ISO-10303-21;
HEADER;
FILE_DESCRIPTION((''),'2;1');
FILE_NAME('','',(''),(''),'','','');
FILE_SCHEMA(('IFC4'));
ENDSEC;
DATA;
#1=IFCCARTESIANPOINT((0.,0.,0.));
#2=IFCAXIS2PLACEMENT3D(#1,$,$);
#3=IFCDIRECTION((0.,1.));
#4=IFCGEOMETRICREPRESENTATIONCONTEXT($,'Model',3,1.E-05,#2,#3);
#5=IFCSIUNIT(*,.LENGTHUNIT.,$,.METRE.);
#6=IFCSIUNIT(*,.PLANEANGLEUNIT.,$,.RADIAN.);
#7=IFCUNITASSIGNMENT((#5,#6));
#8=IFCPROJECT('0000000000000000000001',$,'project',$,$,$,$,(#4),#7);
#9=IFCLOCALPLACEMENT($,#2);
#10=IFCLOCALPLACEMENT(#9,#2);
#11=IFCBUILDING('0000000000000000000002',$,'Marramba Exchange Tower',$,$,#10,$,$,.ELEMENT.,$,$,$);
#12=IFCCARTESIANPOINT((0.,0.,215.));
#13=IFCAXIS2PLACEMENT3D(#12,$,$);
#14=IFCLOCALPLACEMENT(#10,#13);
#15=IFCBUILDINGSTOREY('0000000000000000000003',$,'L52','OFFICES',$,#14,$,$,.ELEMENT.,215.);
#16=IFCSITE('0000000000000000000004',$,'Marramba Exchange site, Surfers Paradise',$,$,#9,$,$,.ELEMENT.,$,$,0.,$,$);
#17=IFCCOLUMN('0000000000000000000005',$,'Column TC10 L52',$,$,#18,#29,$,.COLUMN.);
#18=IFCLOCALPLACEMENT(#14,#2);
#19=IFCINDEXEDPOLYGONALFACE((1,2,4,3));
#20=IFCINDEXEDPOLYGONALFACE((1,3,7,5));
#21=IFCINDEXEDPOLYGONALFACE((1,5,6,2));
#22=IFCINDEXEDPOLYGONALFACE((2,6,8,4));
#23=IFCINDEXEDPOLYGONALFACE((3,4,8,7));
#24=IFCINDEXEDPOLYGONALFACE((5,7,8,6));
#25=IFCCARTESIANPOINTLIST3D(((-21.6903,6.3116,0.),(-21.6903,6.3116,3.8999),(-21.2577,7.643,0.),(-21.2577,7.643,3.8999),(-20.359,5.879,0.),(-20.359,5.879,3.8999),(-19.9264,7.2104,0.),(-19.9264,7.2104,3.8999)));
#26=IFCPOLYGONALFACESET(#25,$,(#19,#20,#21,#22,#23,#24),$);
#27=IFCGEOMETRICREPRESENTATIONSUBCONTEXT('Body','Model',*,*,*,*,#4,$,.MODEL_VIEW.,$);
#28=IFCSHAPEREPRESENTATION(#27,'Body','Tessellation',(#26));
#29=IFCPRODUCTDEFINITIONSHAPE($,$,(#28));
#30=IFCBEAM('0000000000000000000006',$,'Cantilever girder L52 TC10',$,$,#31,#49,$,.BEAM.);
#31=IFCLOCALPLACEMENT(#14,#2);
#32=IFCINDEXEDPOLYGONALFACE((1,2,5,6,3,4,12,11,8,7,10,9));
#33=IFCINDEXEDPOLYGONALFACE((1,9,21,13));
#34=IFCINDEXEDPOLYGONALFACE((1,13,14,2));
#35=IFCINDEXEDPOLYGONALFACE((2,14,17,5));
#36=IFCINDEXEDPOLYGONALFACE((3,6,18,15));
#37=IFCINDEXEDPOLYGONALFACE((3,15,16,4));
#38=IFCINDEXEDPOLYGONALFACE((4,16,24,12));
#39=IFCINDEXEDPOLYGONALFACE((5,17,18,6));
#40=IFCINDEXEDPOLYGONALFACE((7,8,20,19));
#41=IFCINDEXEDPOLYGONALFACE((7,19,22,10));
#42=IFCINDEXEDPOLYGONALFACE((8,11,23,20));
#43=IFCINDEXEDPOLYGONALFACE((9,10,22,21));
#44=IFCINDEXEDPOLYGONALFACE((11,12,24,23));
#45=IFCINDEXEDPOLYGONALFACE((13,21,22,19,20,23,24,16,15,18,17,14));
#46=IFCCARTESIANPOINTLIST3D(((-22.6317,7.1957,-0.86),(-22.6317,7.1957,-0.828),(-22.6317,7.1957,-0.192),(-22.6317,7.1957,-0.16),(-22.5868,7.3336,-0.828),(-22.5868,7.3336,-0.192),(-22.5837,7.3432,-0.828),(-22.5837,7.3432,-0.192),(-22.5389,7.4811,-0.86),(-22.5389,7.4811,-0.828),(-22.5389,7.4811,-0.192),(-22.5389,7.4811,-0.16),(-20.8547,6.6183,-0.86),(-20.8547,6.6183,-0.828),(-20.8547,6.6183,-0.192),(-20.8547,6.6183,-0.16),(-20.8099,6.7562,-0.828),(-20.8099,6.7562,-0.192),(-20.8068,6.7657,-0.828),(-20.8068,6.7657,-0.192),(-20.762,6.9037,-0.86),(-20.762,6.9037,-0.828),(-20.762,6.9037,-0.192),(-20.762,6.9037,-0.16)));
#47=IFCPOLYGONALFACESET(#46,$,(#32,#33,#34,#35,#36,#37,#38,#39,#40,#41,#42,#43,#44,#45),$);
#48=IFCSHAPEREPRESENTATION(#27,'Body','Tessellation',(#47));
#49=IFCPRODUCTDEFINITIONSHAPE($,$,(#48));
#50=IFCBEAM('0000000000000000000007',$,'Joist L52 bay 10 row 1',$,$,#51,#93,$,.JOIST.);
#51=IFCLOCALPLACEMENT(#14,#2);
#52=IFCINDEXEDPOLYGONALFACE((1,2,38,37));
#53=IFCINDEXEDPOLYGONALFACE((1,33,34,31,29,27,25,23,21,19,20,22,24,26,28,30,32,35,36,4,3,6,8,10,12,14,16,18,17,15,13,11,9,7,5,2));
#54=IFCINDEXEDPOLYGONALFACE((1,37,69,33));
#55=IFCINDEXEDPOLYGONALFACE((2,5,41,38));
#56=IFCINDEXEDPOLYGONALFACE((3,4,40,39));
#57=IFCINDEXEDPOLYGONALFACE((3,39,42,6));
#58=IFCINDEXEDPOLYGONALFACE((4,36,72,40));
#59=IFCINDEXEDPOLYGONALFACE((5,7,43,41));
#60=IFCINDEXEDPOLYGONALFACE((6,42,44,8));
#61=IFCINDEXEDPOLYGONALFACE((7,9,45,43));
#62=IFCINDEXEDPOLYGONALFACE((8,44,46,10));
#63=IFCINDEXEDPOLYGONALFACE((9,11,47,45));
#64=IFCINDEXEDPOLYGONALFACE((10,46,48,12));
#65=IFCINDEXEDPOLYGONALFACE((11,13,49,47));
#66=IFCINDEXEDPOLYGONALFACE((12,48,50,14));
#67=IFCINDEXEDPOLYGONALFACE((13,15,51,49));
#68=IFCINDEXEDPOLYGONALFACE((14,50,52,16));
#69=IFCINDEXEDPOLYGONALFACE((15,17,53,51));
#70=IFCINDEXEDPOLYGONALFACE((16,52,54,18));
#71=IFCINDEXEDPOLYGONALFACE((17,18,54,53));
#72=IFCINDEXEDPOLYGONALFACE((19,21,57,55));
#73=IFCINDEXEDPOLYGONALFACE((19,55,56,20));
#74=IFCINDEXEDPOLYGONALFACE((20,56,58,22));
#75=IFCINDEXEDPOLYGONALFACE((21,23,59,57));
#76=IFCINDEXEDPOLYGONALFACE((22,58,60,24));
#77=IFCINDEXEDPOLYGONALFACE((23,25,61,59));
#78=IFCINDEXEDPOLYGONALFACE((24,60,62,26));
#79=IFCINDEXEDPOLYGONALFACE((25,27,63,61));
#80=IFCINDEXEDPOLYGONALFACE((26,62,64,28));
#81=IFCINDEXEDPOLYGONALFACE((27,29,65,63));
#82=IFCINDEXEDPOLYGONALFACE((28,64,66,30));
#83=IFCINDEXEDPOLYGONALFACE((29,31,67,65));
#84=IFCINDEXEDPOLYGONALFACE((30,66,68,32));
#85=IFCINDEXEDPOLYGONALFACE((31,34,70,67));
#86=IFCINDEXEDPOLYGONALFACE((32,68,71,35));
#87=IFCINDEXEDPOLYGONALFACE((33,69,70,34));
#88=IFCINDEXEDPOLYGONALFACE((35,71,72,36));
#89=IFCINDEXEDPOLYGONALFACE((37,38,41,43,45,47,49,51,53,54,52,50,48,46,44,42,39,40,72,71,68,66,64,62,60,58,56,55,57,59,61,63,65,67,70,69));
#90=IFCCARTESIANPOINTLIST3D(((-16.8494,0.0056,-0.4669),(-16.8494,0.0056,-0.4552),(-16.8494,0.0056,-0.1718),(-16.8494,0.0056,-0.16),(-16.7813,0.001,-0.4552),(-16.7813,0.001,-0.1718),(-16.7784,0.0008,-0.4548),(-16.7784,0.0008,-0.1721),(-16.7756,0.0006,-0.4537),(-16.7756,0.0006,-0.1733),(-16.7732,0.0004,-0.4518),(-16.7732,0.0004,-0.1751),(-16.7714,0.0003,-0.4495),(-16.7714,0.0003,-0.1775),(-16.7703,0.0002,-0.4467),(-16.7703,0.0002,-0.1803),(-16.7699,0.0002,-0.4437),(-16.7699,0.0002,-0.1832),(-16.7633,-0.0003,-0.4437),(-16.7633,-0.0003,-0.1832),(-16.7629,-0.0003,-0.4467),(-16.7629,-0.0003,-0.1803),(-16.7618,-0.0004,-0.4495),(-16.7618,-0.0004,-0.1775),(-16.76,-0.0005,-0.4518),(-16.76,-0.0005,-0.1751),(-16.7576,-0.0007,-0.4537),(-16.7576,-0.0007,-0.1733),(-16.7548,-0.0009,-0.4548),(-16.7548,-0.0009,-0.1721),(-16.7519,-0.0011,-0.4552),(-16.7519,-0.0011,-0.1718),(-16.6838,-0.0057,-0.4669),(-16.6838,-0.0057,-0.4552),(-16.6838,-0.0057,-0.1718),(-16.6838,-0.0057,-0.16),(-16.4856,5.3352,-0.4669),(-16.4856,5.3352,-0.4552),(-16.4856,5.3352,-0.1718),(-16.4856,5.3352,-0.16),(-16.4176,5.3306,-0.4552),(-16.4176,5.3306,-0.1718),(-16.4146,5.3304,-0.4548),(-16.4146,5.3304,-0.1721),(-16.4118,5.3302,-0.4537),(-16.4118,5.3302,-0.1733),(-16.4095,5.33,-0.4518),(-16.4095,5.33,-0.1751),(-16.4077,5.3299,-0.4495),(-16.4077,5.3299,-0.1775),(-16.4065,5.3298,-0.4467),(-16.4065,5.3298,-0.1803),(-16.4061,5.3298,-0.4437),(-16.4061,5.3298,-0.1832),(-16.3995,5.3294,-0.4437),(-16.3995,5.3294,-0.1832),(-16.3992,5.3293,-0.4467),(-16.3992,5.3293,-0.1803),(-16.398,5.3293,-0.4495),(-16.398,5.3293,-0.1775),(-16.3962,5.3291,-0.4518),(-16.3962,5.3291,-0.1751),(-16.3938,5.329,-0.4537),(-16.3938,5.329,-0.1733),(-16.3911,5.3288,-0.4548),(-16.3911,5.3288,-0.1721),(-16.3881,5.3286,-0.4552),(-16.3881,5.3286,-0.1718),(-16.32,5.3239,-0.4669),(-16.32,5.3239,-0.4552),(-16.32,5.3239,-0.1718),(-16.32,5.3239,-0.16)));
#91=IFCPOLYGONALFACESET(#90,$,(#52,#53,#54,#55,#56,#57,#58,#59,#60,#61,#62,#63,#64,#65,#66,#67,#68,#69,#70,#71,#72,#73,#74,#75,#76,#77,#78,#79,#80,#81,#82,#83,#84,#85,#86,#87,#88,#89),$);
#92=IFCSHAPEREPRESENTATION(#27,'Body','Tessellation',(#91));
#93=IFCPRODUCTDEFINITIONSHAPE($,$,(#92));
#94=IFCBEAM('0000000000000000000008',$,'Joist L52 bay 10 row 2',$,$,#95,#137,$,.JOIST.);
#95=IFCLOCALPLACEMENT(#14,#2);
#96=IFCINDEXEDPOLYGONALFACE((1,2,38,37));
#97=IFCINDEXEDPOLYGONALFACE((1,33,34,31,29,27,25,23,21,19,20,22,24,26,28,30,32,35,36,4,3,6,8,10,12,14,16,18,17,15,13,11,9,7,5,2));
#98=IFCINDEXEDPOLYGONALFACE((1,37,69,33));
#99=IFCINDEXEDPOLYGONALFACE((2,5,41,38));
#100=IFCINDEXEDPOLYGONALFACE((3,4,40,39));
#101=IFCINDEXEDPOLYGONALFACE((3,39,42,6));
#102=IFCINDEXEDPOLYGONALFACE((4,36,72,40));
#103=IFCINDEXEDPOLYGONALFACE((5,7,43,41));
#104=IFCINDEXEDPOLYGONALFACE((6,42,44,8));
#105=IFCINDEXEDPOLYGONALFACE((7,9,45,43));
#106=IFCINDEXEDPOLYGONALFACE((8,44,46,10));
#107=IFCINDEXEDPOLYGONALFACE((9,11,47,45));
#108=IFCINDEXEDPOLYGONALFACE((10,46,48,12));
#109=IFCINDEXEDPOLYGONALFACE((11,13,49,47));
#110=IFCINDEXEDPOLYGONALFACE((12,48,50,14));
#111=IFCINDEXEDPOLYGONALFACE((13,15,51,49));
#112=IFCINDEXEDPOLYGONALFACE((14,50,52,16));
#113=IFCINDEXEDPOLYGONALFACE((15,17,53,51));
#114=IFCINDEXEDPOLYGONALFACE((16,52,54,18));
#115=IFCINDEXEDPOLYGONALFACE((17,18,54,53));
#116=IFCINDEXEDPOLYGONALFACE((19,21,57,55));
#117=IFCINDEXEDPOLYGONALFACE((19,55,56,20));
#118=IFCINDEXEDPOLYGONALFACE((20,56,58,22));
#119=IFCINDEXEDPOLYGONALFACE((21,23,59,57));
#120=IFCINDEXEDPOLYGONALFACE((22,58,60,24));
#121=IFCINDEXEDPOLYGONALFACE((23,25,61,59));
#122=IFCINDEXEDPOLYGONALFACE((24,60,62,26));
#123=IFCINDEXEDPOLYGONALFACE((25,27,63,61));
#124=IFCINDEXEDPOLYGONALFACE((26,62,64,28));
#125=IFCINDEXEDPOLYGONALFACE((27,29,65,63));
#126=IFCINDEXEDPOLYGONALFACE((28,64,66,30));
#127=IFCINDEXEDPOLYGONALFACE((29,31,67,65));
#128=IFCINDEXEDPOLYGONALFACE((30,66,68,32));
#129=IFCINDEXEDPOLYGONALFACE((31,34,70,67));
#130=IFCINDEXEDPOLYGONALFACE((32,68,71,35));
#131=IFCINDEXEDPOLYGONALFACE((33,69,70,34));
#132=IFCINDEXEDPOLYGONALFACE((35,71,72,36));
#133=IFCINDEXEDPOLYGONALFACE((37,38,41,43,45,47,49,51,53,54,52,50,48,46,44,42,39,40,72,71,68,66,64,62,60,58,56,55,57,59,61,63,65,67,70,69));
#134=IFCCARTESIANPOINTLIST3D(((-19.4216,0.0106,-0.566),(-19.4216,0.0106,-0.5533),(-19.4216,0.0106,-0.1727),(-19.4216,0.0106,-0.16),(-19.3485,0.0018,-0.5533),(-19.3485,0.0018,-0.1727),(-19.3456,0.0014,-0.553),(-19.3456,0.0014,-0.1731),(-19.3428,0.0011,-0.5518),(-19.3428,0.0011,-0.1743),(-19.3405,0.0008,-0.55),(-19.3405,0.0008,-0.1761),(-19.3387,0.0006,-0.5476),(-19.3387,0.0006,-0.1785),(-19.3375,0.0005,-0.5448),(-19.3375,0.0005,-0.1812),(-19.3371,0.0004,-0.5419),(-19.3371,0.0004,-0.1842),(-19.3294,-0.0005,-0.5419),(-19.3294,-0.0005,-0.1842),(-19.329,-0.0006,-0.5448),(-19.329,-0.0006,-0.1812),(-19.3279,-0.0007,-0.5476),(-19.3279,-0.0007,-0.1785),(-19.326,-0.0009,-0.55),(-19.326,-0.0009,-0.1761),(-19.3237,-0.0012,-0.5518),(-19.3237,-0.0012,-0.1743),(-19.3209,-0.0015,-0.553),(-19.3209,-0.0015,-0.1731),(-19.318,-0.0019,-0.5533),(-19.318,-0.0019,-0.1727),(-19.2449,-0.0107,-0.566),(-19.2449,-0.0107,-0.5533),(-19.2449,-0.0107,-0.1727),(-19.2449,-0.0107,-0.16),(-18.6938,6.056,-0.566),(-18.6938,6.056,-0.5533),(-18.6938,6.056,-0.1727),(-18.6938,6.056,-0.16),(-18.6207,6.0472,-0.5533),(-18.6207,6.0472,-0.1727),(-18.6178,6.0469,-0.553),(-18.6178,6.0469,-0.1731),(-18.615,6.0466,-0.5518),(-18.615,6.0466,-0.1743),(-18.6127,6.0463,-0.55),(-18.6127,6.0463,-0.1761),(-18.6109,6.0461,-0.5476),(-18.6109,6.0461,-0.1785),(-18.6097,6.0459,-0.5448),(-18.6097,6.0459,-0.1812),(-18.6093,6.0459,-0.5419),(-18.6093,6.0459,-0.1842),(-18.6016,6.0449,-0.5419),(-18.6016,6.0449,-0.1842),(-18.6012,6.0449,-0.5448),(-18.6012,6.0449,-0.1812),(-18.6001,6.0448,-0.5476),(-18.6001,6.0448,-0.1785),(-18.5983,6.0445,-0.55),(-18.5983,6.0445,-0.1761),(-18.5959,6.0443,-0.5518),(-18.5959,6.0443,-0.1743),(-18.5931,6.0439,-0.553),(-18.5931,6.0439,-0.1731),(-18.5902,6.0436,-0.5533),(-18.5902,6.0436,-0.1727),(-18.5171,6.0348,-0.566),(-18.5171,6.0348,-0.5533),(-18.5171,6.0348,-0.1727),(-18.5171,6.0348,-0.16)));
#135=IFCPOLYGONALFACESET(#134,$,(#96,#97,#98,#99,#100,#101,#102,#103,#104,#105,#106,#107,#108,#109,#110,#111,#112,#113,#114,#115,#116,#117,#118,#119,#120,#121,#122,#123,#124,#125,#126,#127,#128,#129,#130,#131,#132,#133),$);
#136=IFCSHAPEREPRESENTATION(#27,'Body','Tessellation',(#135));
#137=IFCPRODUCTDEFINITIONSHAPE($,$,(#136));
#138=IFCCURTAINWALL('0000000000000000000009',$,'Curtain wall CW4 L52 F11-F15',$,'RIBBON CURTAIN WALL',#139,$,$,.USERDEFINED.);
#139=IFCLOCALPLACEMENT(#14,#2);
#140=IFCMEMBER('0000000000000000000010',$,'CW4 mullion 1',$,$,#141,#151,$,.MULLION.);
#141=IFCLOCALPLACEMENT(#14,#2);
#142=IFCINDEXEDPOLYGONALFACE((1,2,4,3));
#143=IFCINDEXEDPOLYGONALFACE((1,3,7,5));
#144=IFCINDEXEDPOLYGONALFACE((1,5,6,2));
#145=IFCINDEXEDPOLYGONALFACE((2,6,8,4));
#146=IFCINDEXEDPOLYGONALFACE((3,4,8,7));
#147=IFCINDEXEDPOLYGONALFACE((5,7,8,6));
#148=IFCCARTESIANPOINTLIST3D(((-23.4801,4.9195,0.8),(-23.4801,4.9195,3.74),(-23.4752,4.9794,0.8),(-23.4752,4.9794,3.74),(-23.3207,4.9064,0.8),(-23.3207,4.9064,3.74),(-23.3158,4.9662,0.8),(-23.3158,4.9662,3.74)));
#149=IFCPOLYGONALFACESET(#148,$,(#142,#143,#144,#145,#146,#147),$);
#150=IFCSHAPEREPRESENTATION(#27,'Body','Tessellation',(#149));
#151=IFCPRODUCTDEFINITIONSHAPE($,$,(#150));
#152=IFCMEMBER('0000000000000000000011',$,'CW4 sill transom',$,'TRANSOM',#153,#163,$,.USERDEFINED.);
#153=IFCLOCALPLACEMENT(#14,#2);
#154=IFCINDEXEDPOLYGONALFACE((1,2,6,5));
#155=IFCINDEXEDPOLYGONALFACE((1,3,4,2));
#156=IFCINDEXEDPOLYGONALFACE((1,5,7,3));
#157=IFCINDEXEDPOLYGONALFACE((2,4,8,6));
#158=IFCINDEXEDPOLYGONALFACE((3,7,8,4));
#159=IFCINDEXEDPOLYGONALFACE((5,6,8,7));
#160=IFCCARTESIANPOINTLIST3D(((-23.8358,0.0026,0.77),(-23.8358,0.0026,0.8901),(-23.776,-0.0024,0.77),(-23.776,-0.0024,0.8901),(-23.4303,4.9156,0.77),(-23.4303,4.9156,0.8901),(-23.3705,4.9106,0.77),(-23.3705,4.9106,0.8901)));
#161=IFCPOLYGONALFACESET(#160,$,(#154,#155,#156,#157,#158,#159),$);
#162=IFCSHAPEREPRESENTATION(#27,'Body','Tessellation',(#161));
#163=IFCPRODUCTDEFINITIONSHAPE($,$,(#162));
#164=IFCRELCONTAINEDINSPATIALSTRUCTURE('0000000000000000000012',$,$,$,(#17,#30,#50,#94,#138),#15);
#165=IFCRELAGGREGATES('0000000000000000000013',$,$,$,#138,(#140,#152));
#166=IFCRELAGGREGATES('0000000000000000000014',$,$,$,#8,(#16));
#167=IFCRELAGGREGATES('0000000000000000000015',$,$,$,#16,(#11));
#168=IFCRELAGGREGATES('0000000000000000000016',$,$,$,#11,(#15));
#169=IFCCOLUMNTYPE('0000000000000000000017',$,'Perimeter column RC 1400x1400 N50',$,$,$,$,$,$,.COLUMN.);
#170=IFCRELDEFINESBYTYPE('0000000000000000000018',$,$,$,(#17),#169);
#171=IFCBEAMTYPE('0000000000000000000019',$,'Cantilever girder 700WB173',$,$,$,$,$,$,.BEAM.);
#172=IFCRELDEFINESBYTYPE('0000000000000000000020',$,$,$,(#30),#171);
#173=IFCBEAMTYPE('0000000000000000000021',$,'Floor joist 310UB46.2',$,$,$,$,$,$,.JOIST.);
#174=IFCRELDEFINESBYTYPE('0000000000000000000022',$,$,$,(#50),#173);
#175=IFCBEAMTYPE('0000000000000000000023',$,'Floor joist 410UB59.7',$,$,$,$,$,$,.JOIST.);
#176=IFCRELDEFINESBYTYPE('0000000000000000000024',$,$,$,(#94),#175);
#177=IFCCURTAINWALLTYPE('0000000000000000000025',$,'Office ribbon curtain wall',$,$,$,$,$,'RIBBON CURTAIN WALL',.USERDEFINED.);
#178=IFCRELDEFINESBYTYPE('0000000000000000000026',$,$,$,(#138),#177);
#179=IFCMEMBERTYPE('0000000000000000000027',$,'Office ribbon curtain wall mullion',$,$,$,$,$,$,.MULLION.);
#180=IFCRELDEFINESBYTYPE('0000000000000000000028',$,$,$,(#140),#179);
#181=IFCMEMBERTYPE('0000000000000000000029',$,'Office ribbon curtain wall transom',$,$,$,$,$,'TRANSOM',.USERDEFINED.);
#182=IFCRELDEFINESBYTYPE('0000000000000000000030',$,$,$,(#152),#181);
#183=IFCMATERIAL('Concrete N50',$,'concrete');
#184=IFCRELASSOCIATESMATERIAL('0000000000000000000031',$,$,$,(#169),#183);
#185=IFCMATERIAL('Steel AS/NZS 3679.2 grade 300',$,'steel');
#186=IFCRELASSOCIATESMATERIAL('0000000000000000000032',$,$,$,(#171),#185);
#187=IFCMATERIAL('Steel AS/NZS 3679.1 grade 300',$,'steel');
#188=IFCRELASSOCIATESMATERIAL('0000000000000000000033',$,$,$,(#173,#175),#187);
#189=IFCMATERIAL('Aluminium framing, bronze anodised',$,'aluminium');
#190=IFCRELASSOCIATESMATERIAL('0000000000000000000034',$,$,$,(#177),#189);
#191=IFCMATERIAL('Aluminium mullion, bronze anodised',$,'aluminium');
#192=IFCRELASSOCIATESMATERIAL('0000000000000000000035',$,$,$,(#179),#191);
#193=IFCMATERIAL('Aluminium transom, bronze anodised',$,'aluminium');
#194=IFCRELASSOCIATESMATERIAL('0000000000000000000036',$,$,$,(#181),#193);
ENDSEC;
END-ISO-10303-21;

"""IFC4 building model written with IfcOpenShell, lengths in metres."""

from ifc_helpers import new_model, si_unit, direction, frame, origin, origin_2d, place, context, subcontext, project, spatial, rectangle, i_section, extrude, material, material_profile, profile_set, type_object, element, aggregate, save


model = new_model("IFC4")

# Units and contexts
model_context = context("Model", 3, precision=1e-05, world=origin(), true_north=direction((0.0, 1.0)))
body_context = subcontext(model_context, "Body", "Model", "MODEL_VIEW")
ifc_project = project(units=[si_unit("LENGTHUNIT", "METRE"), si_unit("PLANEANGLEUNIT", "RADIAN")], contexts=[model_context])

# Site, building, storey
site_placement = place(None, origin())
site = spatial("IfcSite", under=ifc_project, at=site_placement, Name="Marramba Exchange site, Surfers Paradise", CompositionType="ELEMENT", RefElevation=0.0)
building_placement = place(site_placement, origin())
building = spatial("IfcBuilding", under=site, at=building_placement, Name="Marramba Exchange Tower", CompositionType="ELEMENT")
storey_placement = place(building_placement, frame((0.0, 0.0, 215.0)))
storey = spatial("IfcBuildingStorey", under=building, at=storey_placement, Name="L52", Description="OFFICES", CompositionType="ELEMENT", Elevation=215.0)

# Column
ifc_material_1 = material(Name="Concrete N50", Category="concrete")
ifc_material_profile_1 = material_profile(ifc_material_1, rectangle(XDim=1.3999, YDim=1.3999, at=origin_2d()), Name="RC 1400x1400")
ifc_profile_set_1 = profile_set([ifc_material_profile_1], Name="Concrete N50")
column_type = type_object("IfcColumnType", Name="Perimeter column RC 1400x1400 N50", PredefinedType="COLUMN", material=ifc_profile_set_1)
column_placement = place(storey_placement, frame((-20.8083, 6.761, 0.0), z_axis=(0.0, 0.0, 1.0), x_axis=(-0.951057, 0.309017, 0.0)))
element("IfcColumn", 1, at=column_placement, inside=storey, type_object=column_type, Name="Column TC10 L52", PredefinedType="COLUMN", context=body_context, shape_type="SweptSolid", body=[
    extrude(rectangle(XDim=1.3999, YDim=1.3999, at=origin_2d()), origin(), (0.0, 0.0, 1.0), 3.8999),
])

# Beams
ifc_material_2 = material(Name="Steel AS/NZS 3679.2 grade 300", Category="steel")
ifc_material_profile_2 = material_profile(ifc_material_2, i_section(OverallWidth=0.3, OverallDepth=0.7, WebThickness=0.01, FlangeThickness=0.032, at=origin_2d()), Name="700WB173")
ifc_profile_set_2 = profile_set([ifc_material_profile_2], Name="Steel AS/NZS 3679.2 grade 300")
beam_type_1 = type_object("IfcBeamType", Name="Cantilever girder 700WB173", PredefinedType="BEAM", material=ifc_profile_set_2)
beam_1_placement = place(storey_placement, frame((-20.8083, 6.761, -0.51), z_axis=(-0.951048, 0.309045, 0.0), x_axis=(-0.309045, -0.951048, 0.0)))
element("IfcBeam", 2, at=beam_1_placement, inside=storey, type_object=beam_type_1, Name="Cantilever girder L52 TC10", PredefinedType="BEAM", context=body_context, shape_type="SweptSolid", body=[
    extrude(i_section(OverallWidth=0.3, OverallDepth=0.7, WebThickness=0.01, FlangeThickness=0.032, at=origin_2d()), origin(), (0.0, 0.0, 1.0), 1.8684),
])
ifc_material_3 = material(Name="Steel AS/NZS 3679.1 grade 300", Category="steel")
ifc_material_profile_3 = material_profile(ifc_material_3, i_section(OverallWidth=0.166, OverallDepth=0.3069, WebThickness=0.0066, FlangeThickness=0.0117, FilletRadius=0.0115, at=origin_2d()), Name="310UB46.2")
ifc_profile_set_3 = profile_set([ifc_material_profile_3], Name="Steel AS/NZS 3679.1 grade 300")
beam_type_2 = type_object("IfcBeamType", Name="Floor joist 310UB46.2", PredefinedType="JOIST", material=ifc_profile_set_3)
beam_2_placement = place(storey_placement, frame((-16.4028, 5.3296, -0.3135), z_axis=(-0.068096, -0.997679, 0.0), x_axis=(0.997679, -0.068096, 0.0)))
element("IfcBeam", 3, at=beam_2_placement, inside=storey, type_object=beam_type_2, Name="Joist L52 bay 10 row 1", PredefinedType="JOIST", context=body_context, shape_type="SweptSolid", body=[
    extrude(i_section(OverallWidth=0.166, OverallDepth=0.3069, WebThickness=0.0066, FlangeThickness=0.0117, FilletRadius=0.0115, at=origin_2d()), origin(), (0.0, 0.0, 1.0), 5.342),
])
ifc_material_profile_4 = material_profile(ifc_material_3, i_section(OverallWidth=0.178, OverallDepth=0.406, WebThickness=0.0078, FlangeThickness=0.0127, FilletRadius=0.0115, at=origin_2d()), Name="410UB59.7")
ifc_profile_set_4 = profile_set([ifc_material_profile_4], Name="Steel AS/NZS 3679.1 grade 300")
beam_type_3 = type_object("IfcBeamType", Name="Floor joist 410UB59.7", PredefinedType="JOIST", material=ifc_profile_set_4)
beam_3_placement = place(storey_placement, frame((-18.6055, 6.0454, -0.363), z_axis=(-0.119523, -0.992831, 0.0), x_axis=(0.992831, -0.119523, 0.0)))
element("IfcBeam", 4, at=beam_3_placement, inside=storey, type_object=beam_type_3, Name="Joist L52 bay 10 row 2", PredefinedType="JOIST", context=body_context, shape_type="SweptSolid", body=[
    extrude(i_section(OverallWidth=0.178, OverallDepth=0.406, WebThickness=0.0078, FlangeThickness=0.0127, FilletRadius=0.0115, at=origin_2d()), origin(), (0.0, 0.0, 1.0), 6.0891),
])

# Curtain wall, members
ifc_material_4 = material(Name="Aluminium framing, bronze anodised", Category="aluminium")
curtain_wall_type = type_object("IfcCurtainWallType", Name="Office ribbon curtain wall", ElementType="RIBBON CURTAIN WALL", PredefinedType="USERDEFINED", material=ifc_material_4)
curtain_wall_placement = place(storey_placement, origin())
curtain_wall = element("IfcCurtainWall", 5, at=curtain_wall_placement, inside=storey, type_object=curtain_wall_type, Name="Curtain wall CW4 L52 F11-F15", ObjectType="RIBBON CURTAIN WALL", PredefinedType="USERDEFINED")
ifc_material_5 = material(Name="Aluminium mullion, bronze anodised", Category="aluminium")
ifc_material_profile_5 = material_profile(ifc_material_5, rectangle(XDim=0.1599, YDim=0.0601, at=origin_2d()), Name="CW4 mullion 60x160")
ifc_profile_set_5 = profile_set([ifc_material_profile_5], Name="Aluminium mullion, bronze anodised")
member_type_1 = type_object("IfcMemberType", Name="Office ribbon curtain wall mullion", PredefinedType="MULLION", material=ifc_profile_set_5)
member_1_placement = place(storey_placement, frame((-23.3979, 4.9429, 0.8), z_axis=(0.0, 0.0, 1.0), x_axis=(0.996609, -0.082281, 0.0)))
member_1 = element("IfcMember", 6, at=member_1_placement, type_object=member_type_1, Name="CW4 mullion 1", PredefinedType="MULLION", context=body_context, shape_type="SweptSolid", body=[
    extrude(rectangle(XDim=0.1599, YDim=0.0601, at=origin_2d()), origin(), (0.0, 0.0, 1.0), 2.9399),
])
ifc_material_6 = material(Name="Aluminium transom, bronze anodised", Category="aluminium")
ifc_material_profile_6 = material_profile(ifc_material_6, rectangle(XDim=0.0601, YDim=0.1201, at=origin_2d()), Name="CW4 transom 60x120")
ifc_profile_set_6 = profile_set([ifc_material_profile_6], Name="Aluminium transom, bronze anodised")
member_type_2 = type_object("IfcMemberType", Name="Office ribbon curtain wall transom", ElementType="TRANSOM", PredefinedType="USERDEFINED", material=ifc_profile_set_6)
member_2_placement = place(storey_placement, frame((-23.4004, 4.9131, 0.8301), z_axis=(-0.082259, -0.996611, 0.0), x_axis=(0.996611, -0.082259, 0.0)))
member_2 = element("IfcMember", 7, at=member_2_placement, type_object=member_type_2, Name="CW4 sill transom", ObjectType="TRANSOM", PredefinedType="USERDEFINED", context=body_context, shape_type="SweptSolid", body=[
    extrude(rectangle(XDim=0.0601, YDim=0.1201, at=origin_2d()), origin(), (0.0, 0.0, 1.0), 4.9297),
])

aggregate(curtain_wall, [member_1, member_2])

save(model, "model.ifc")
